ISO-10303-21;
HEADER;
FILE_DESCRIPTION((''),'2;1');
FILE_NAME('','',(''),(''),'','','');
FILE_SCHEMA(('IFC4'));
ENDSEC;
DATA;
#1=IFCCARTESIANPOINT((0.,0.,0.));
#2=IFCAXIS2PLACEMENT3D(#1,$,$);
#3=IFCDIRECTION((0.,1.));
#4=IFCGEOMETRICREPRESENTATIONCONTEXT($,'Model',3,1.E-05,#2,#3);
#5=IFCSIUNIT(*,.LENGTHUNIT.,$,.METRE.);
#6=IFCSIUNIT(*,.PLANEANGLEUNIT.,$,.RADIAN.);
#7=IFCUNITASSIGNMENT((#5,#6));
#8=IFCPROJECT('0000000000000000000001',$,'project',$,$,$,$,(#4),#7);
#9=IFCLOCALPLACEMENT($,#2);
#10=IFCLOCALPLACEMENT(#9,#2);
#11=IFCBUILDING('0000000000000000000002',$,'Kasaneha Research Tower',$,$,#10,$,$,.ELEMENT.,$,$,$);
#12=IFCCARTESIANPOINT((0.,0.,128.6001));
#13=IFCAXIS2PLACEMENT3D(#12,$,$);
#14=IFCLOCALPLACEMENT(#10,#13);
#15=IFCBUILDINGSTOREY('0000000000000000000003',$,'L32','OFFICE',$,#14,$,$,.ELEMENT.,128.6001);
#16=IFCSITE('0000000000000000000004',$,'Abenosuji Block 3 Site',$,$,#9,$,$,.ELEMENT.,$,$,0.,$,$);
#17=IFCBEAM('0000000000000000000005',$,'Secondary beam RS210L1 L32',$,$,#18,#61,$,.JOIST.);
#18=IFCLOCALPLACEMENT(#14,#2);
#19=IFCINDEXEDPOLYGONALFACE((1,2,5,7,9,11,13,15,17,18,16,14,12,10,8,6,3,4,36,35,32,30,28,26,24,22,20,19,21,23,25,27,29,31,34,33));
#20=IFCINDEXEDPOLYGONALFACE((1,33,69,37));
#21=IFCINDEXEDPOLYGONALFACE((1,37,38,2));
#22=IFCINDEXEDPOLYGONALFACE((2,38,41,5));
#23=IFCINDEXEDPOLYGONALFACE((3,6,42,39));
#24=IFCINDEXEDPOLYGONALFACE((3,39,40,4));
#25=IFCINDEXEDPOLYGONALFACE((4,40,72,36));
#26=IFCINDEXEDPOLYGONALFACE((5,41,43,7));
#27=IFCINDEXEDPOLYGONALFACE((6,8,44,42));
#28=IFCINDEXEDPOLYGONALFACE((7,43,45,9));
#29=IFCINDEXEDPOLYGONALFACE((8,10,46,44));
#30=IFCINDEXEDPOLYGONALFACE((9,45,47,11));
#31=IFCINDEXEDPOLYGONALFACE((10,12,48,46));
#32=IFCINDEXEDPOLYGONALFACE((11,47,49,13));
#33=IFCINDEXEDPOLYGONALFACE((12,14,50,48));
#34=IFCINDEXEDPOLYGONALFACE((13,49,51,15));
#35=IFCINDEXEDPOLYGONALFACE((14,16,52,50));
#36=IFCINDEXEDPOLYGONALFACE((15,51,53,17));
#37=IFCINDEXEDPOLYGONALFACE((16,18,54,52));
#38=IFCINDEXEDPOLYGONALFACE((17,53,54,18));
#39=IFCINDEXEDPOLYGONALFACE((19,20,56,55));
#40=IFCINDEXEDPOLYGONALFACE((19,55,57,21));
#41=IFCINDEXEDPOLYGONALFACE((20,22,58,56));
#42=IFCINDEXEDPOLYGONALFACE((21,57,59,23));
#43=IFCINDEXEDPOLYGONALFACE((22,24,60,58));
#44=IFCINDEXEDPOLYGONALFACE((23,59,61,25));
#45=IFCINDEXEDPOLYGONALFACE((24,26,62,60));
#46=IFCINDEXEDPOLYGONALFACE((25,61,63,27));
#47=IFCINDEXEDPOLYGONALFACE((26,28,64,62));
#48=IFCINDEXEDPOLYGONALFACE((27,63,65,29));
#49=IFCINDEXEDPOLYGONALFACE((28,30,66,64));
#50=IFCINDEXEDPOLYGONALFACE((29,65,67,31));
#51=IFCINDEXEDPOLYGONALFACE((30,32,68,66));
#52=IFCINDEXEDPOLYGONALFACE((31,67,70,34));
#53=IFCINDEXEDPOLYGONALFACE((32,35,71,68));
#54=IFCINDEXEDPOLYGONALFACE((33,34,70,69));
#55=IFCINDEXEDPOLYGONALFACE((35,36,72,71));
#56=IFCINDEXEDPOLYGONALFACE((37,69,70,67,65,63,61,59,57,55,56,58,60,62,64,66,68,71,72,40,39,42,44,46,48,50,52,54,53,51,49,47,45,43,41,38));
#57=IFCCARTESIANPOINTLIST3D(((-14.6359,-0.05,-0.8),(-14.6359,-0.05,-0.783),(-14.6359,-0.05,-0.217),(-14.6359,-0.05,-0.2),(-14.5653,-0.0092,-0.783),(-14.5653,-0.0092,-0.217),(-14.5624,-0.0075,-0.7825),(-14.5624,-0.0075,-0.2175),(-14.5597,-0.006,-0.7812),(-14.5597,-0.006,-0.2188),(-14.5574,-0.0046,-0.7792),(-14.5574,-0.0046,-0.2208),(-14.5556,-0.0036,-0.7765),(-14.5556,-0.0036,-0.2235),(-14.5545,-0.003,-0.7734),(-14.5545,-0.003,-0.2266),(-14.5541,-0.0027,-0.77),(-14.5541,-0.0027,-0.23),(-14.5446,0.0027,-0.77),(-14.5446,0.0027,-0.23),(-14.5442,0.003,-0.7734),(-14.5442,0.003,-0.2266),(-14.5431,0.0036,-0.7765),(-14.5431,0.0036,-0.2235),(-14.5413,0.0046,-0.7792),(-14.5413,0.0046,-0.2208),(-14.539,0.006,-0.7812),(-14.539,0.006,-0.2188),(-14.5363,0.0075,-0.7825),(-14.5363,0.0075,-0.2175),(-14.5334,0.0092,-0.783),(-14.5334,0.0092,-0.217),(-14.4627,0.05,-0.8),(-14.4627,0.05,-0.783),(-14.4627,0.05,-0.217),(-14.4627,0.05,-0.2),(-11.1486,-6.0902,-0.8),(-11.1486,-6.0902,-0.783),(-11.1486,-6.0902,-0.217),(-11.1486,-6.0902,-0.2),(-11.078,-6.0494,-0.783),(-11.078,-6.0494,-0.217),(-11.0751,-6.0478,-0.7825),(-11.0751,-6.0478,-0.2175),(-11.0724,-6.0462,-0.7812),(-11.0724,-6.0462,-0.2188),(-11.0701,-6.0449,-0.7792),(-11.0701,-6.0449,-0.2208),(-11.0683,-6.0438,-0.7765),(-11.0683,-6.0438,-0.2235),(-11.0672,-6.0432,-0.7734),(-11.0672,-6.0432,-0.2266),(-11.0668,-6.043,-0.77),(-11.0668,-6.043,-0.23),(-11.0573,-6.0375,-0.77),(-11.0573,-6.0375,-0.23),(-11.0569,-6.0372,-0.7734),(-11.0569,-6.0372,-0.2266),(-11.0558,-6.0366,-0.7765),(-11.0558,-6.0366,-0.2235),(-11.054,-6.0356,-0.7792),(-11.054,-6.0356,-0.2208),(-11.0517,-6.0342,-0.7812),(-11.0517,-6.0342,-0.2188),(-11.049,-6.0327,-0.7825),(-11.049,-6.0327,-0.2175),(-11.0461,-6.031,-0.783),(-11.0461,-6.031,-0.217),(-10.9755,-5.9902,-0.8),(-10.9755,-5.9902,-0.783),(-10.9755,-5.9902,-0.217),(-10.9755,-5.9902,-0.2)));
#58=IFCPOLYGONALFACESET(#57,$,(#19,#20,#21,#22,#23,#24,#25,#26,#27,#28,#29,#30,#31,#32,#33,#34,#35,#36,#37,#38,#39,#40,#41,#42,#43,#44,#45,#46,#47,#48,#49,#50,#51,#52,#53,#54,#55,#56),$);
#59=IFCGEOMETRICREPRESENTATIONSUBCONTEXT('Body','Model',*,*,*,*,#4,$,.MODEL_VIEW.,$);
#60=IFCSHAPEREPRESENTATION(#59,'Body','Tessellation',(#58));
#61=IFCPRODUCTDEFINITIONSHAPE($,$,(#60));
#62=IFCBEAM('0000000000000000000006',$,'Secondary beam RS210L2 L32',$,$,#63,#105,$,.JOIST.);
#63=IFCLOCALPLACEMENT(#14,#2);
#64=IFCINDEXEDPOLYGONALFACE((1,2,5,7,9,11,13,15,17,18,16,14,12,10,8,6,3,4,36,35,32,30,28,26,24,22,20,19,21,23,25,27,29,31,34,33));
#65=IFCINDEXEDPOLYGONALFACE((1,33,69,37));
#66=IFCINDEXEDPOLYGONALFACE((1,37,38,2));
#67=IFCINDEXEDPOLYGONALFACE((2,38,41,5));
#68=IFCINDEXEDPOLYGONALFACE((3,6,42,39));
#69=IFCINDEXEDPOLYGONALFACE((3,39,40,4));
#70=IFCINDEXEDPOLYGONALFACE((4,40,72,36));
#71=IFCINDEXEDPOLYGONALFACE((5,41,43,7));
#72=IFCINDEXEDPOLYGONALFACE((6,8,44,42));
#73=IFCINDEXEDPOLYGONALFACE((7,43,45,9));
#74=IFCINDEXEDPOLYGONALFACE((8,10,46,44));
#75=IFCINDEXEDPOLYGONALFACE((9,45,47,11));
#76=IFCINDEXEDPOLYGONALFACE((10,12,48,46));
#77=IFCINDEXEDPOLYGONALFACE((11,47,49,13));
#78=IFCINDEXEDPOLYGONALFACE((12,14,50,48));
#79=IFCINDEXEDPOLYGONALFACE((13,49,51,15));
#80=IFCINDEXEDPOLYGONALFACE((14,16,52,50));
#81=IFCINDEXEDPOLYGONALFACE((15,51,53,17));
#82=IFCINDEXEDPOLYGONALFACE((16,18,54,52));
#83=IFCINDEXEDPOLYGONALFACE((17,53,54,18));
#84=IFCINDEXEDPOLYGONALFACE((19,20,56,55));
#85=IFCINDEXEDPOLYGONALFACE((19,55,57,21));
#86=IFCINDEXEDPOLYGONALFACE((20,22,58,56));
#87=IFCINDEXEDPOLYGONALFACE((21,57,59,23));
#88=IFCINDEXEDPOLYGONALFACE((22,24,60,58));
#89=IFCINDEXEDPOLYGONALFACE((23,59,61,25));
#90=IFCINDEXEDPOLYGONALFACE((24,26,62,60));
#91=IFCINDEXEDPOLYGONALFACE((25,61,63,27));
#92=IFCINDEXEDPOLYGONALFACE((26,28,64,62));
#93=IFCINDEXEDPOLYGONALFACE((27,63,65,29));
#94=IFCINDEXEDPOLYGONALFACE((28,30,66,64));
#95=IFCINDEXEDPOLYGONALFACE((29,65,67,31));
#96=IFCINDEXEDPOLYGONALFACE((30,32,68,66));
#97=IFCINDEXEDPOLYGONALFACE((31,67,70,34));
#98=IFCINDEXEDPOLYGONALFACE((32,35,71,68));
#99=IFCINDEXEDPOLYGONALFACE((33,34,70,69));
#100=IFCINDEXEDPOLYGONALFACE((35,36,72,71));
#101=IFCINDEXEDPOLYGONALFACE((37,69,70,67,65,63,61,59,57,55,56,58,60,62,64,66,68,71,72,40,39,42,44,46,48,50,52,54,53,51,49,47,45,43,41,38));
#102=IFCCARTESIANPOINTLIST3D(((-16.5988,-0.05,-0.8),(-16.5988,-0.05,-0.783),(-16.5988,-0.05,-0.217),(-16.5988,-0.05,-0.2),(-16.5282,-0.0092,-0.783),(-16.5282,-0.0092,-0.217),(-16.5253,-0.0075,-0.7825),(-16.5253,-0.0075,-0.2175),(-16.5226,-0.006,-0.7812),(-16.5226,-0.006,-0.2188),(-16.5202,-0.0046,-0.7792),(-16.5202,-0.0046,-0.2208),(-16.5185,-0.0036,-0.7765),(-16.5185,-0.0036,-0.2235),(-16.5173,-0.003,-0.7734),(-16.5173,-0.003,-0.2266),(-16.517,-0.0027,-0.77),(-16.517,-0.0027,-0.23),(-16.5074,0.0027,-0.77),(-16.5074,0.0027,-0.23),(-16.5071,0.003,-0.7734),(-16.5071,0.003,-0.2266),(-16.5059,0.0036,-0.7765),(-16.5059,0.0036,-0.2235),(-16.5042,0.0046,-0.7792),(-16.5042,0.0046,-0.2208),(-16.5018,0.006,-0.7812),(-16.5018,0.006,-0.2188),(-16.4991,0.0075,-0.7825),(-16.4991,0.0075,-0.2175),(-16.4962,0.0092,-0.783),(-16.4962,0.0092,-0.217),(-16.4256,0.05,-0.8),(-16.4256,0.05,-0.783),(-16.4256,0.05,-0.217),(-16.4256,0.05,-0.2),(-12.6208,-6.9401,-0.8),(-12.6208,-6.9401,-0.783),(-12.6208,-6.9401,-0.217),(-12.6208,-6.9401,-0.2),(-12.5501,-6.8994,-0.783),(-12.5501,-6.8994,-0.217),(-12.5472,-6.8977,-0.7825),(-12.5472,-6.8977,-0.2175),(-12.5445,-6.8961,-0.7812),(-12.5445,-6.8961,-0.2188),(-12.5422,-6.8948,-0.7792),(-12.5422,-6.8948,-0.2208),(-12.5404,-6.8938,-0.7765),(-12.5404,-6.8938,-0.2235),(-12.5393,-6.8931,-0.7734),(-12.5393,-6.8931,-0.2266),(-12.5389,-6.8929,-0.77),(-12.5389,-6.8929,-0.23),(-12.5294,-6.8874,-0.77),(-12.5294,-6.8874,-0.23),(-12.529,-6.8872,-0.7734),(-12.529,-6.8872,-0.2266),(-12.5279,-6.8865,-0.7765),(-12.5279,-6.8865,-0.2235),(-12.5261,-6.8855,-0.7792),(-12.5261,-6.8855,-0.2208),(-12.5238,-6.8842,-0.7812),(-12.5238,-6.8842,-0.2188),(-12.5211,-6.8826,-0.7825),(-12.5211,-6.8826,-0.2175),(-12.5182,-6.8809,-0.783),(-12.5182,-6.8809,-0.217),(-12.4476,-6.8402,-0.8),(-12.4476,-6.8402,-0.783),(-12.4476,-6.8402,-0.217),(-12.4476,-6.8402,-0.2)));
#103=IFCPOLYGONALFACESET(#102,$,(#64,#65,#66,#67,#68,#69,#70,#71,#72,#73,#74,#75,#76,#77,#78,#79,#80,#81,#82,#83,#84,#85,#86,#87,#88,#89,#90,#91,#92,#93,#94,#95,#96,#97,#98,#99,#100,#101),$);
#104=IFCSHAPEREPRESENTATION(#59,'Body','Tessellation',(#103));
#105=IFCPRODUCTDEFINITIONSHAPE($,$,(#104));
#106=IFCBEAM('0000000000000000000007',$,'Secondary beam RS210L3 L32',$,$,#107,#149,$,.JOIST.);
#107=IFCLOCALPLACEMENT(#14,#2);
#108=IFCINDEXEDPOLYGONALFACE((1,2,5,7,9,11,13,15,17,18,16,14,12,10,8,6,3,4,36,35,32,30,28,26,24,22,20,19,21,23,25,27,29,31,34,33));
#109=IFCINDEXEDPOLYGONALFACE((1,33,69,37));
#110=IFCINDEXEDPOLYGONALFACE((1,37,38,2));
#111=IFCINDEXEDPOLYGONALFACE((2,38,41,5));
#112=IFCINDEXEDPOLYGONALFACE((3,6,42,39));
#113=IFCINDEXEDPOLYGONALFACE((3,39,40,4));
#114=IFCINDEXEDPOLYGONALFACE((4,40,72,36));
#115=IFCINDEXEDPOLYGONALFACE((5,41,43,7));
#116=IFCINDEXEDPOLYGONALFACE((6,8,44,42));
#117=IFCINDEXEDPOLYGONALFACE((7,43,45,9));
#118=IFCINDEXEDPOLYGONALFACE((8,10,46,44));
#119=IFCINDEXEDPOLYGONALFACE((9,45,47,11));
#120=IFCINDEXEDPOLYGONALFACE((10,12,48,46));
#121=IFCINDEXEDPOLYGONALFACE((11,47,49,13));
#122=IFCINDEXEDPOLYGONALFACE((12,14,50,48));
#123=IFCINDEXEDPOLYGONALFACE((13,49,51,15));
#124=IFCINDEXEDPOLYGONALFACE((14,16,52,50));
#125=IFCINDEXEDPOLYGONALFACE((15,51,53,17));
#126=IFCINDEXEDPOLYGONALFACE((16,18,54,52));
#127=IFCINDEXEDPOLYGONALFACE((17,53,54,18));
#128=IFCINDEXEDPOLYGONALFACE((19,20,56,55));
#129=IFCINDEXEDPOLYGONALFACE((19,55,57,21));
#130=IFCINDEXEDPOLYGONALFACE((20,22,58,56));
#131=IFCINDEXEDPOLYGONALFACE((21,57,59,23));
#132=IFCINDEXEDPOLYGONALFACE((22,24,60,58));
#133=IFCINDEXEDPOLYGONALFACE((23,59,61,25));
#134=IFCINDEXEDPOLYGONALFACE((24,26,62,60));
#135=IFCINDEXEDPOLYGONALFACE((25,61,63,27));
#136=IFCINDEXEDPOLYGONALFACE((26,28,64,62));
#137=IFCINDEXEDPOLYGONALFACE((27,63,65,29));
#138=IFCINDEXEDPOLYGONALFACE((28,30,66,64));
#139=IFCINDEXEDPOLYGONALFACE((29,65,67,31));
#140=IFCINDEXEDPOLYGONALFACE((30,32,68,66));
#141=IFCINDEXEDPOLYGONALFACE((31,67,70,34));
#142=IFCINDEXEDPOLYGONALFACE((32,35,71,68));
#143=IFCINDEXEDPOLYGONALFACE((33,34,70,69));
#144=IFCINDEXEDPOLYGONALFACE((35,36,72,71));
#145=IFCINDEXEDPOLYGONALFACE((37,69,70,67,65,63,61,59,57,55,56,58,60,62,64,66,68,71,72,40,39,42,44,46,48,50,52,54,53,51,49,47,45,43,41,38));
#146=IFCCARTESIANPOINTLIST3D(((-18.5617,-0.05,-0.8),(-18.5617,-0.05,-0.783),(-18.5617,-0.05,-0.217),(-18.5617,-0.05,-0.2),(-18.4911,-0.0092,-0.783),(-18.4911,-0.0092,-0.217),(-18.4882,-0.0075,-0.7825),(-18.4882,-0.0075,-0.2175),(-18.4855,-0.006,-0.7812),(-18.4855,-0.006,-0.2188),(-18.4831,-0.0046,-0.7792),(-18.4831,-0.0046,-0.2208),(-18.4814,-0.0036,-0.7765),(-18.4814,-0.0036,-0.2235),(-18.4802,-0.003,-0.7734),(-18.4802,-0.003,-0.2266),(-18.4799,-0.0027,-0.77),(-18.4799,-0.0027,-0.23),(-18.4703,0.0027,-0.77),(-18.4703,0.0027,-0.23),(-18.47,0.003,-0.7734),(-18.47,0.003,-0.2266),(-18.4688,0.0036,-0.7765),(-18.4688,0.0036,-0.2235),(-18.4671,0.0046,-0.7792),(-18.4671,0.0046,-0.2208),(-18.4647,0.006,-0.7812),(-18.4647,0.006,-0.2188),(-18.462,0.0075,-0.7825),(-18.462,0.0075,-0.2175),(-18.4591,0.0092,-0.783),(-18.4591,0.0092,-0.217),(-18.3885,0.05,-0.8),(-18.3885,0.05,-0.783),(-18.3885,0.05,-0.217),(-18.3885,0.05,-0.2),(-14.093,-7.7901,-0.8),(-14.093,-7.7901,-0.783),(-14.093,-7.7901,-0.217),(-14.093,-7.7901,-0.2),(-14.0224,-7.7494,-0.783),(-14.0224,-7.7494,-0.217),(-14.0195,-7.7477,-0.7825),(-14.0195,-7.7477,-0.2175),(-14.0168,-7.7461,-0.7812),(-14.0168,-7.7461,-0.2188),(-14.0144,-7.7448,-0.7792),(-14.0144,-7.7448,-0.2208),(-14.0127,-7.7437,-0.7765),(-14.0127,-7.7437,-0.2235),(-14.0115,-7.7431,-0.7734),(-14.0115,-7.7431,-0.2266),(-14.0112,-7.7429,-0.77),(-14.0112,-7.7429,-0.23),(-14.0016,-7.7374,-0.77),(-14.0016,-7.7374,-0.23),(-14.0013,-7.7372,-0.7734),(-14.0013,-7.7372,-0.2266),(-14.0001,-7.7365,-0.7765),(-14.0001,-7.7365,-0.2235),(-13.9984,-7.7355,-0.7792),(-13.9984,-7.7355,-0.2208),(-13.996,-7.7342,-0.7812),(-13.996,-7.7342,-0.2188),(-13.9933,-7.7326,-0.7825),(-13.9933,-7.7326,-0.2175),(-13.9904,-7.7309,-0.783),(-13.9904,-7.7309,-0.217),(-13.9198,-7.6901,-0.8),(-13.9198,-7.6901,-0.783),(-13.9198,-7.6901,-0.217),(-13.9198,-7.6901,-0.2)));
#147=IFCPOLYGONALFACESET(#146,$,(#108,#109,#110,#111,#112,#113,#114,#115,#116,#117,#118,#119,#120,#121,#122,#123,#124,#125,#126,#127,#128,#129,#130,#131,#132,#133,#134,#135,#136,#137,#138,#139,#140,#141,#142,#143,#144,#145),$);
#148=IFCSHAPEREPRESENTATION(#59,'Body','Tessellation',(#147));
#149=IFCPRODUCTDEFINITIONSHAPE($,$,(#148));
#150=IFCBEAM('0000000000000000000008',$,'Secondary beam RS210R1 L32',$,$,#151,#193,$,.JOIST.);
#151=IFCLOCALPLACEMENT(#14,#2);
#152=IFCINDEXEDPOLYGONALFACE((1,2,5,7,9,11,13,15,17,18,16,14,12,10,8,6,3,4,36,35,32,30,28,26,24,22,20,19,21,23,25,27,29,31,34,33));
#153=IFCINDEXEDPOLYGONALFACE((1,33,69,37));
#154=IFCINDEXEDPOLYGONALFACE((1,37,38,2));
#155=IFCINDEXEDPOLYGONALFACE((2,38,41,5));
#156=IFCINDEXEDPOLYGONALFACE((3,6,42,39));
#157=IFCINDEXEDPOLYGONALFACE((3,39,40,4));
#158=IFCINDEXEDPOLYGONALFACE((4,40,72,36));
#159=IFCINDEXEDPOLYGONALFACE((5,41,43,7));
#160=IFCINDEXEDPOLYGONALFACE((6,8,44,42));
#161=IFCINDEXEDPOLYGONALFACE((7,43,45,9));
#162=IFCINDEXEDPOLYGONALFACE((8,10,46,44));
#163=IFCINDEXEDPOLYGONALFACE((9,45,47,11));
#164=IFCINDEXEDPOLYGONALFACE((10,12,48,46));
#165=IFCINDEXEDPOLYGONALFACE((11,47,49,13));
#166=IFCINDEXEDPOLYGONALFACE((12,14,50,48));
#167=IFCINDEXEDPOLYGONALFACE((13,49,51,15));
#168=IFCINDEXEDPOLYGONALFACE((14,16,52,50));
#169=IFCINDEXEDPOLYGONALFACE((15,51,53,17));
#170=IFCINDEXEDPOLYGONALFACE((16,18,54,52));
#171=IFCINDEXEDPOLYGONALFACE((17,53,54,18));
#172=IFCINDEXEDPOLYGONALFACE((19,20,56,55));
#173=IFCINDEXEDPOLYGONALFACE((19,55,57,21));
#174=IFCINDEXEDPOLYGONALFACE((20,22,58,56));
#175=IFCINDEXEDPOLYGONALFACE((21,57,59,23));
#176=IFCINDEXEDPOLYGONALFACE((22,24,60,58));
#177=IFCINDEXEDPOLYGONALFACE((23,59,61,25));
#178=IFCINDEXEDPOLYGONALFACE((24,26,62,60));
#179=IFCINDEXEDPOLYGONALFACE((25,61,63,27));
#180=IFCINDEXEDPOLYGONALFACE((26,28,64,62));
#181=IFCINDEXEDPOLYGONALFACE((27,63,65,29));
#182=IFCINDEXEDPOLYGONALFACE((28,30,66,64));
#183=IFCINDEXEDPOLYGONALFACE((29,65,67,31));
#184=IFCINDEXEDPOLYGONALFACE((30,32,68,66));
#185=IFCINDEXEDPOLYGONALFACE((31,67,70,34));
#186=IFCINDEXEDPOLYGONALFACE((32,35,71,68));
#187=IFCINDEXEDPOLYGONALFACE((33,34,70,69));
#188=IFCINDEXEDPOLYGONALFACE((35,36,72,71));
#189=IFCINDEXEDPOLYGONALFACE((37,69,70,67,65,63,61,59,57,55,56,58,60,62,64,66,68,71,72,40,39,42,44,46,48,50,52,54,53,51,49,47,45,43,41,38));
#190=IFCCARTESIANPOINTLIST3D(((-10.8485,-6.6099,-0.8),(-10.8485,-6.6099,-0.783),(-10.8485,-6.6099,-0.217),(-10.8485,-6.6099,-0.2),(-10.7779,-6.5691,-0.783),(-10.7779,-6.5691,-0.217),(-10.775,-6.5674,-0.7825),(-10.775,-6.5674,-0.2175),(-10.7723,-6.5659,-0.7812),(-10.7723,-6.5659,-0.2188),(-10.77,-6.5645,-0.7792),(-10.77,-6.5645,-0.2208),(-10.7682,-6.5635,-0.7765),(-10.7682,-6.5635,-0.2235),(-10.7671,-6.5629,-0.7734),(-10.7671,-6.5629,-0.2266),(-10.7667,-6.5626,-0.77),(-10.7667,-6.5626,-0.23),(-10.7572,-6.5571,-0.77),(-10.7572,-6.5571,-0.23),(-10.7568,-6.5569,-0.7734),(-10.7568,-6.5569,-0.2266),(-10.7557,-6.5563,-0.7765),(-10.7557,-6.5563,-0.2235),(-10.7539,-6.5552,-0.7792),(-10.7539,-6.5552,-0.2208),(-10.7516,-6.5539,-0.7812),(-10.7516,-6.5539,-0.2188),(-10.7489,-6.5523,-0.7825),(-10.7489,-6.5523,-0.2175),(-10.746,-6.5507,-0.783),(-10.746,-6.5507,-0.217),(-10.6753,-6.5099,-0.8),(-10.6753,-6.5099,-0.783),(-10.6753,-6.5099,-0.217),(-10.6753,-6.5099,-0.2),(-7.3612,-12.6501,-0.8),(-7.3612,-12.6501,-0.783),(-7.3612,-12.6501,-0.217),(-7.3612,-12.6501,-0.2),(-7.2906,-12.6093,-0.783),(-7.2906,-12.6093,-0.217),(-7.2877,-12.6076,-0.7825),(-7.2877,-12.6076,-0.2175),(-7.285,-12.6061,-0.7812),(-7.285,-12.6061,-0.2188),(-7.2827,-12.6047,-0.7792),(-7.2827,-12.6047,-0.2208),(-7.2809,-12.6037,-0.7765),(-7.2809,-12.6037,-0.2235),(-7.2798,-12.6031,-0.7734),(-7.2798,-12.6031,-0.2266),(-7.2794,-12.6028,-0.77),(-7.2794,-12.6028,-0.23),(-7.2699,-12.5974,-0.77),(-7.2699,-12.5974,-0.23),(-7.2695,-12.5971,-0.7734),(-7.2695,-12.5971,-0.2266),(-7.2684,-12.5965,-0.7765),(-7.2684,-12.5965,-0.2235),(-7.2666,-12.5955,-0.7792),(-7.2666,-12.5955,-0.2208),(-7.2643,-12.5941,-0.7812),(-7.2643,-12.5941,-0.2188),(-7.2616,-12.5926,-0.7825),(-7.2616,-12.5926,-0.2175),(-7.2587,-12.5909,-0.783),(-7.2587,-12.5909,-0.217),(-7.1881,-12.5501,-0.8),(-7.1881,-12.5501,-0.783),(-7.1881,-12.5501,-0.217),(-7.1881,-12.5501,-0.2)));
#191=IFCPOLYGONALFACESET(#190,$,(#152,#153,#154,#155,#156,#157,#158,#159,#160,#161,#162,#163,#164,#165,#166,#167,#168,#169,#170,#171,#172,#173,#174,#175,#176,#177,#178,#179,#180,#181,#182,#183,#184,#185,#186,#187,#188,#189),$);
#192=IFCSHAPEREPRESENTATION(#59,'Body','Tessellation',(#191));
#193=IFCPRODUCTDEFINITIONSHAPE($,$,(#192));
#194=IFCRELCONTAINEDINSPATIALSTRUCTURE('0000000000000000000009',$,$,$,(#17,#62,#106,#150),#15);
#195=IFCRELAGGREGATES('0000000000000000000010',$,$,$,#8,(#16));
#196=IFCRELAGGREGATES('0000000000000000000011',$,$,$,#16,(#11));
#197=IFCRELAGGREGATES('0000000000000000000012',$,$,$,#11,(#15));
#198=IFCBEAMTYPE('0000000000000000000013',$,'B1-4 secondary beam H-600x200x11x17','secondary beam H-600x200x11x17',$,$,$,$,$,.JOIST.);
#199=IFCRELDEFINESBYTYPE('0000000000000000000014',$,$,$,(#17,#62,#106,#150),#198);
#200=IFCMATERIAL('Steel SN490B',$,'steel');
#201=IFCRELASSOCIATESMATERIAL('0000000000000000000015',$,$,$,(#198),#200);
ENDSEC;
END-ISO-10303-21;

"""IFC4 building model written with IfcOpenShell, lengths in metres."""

from ifc_helpers import new_model, si_unit, direction, frame, origin, origin_2d, place, context, subcontext, project, spatial, i_section, extrude, material, material_profile, profile_set, type_object, element, save


model = new_model("IFC4")

# Units and contexts
model_context = context("Model", 3, precision=1e-05, world=origin(), true_north=direction((0.0, 1.0)))
body_context = subcontext(model_context, "Body", "Model", "MODEL_VIEW")
ifc_project = project(units=[si_unit("LENGTHUNIT", "METRE"), si_unit("PLANEANGLEUNIT", "RADIAN")], contexts=[model_context])

# Site, building, storey
site_placement = place(None, origin())
site = spatial("IfcSite", under=ifc_project, at=site_placement, Name="Abenosuji Block 3 Site", CompositionType="ELEMENT", RefElevation=0.0)
building_placement = place(site_placement, origin())
building = spatial("IfcBuilding", under=site, at=building_placement, Name="Kasaneha Research Tower", CompositionType="ELEMENT")
storey_placement = place(building_placement, frame((0.0, 0.0, 128.6001)))
storey = spatial("IfcBuildingStorey", under=building, at=storey_placement, Name="L32", Description="OFFICE", CompositionType="ELEMENT", Elevation=128.6001)

# Beams
ifc_material_1 = material(Name="Steel SN490B", Category="steel")
ifc_material_profile_1 = material_profile(ifc_material_1, i_section(OverallWidth=0.2, OverallDepth=0.6001, WebThickness=0.011, FlangeThickness=0.0171, FilletRadius=0.0129, at=origin_2d()), Name="H-600x200x11x17")
ifc_profile_set_1 = profile_set([ifc_material_profile_1], Name="Steel SN490B")
beam_type_1 = type_object("IfcBeamType", Name="B1-4 secondary beam H-600x200x11x17", Description="secondary beam H-600x200x11x17", PredefinedType="JOIST", material=ifc_profile_set_1)
beam_1_placement = place(storey_placement, frame((-14.5493, 0.0, -0.5), z_axis=(0.499994, -0.866029, 0.0), x_axis=(0.866029, 0.499994, 0.0)))
element("IfcBeam", 1, at=beam_1_placement, inside=storey, type_object=beam_type_1, Name="Secondary beam RS210L1 L32", PredefinedType="JOIST", context=body_context, shape_type="SweptSolid", body=[
    extrude(i_section(OverallWidth=0.2, OverallDepth=0.6001, WebThickness=0.011, FlangeThickness=0.0171, FilletRadius=0.0129, at=origin_2d()), origin(), (0.0, 0.0, 1.0), 6.9746),
])
beam_2_placement = place(storey_placement, frame((-16.5122, 0.0, -0.5), z_axis=(0.5, -0.866025, 0.0), x_axis=(0.866025, 0.5, 0.0)))
element("IfcBeam", 2, at=beam_2_placement, inside=storey, type_object=beam_type_1, Name="Secondary beam RS210L2 L32", PredefinedType="JOIST", context=body_context, shape_type="SweptSolid", body=[
    extrude(i_section(OverallWidth=0.2, OverallDepth=0.6001, WebThickness=0.011, FlangeThickness=0.0171, FilletRadius=0.0129, at=origin_2d()), origin(), (0.0, 0.0, 1.0), 7.9561),
])
beam_3_placement = place(storey_placement, frame((-18.4751, 0.0, -0.5), z_axis=(0.499994, -0.866029, 0.0), x_axis=(0.866029, 0.499994, 0.0)))
element("IfcBeam", 3, at=beam_3_placement, inside=storey, type_object=beam_type_1, Name="Secondary beam RS210L3 L32", PredefinedType="JOIST", context=body_context, shape_type="SweptSolid", body=[
    extrude(i_section(OverallWidth=0.2, OverallDepth=0.6001, WebThickness=0.011, FlangeThickness=0.0171, FilletRadius=0.0129, at=origin_2d()), origin(), (0.0, 0.0, 1.0), 8.9375),
])
beam_4_placement = place(storey_placement, frame((-7.2747, -12.6001, -0.5), z_axis=(-0.499994, 0.866029, 0.0), x_axis=(-0.866029, -0.499994, 0.0)))
element("IfcBeam", 4, at=beam_4_placement, inside=storey, type_object=beam_type_1, Name="Secondary beam RS210R1 L32", PredefinedType="JOIST", context=body_context, shape_type="SweptSolid", body=[
    extrude(i_section(OverallWidth=0.2, OverallDepth=0.6001, WebThickness=0.011, FlangeThickness=0.0171, FilletRadius=0.0129, at=origin_2d()), origin(), (0.0, 0.0, 1.0), 6.9746),
])

save(model, "model.ifc")
